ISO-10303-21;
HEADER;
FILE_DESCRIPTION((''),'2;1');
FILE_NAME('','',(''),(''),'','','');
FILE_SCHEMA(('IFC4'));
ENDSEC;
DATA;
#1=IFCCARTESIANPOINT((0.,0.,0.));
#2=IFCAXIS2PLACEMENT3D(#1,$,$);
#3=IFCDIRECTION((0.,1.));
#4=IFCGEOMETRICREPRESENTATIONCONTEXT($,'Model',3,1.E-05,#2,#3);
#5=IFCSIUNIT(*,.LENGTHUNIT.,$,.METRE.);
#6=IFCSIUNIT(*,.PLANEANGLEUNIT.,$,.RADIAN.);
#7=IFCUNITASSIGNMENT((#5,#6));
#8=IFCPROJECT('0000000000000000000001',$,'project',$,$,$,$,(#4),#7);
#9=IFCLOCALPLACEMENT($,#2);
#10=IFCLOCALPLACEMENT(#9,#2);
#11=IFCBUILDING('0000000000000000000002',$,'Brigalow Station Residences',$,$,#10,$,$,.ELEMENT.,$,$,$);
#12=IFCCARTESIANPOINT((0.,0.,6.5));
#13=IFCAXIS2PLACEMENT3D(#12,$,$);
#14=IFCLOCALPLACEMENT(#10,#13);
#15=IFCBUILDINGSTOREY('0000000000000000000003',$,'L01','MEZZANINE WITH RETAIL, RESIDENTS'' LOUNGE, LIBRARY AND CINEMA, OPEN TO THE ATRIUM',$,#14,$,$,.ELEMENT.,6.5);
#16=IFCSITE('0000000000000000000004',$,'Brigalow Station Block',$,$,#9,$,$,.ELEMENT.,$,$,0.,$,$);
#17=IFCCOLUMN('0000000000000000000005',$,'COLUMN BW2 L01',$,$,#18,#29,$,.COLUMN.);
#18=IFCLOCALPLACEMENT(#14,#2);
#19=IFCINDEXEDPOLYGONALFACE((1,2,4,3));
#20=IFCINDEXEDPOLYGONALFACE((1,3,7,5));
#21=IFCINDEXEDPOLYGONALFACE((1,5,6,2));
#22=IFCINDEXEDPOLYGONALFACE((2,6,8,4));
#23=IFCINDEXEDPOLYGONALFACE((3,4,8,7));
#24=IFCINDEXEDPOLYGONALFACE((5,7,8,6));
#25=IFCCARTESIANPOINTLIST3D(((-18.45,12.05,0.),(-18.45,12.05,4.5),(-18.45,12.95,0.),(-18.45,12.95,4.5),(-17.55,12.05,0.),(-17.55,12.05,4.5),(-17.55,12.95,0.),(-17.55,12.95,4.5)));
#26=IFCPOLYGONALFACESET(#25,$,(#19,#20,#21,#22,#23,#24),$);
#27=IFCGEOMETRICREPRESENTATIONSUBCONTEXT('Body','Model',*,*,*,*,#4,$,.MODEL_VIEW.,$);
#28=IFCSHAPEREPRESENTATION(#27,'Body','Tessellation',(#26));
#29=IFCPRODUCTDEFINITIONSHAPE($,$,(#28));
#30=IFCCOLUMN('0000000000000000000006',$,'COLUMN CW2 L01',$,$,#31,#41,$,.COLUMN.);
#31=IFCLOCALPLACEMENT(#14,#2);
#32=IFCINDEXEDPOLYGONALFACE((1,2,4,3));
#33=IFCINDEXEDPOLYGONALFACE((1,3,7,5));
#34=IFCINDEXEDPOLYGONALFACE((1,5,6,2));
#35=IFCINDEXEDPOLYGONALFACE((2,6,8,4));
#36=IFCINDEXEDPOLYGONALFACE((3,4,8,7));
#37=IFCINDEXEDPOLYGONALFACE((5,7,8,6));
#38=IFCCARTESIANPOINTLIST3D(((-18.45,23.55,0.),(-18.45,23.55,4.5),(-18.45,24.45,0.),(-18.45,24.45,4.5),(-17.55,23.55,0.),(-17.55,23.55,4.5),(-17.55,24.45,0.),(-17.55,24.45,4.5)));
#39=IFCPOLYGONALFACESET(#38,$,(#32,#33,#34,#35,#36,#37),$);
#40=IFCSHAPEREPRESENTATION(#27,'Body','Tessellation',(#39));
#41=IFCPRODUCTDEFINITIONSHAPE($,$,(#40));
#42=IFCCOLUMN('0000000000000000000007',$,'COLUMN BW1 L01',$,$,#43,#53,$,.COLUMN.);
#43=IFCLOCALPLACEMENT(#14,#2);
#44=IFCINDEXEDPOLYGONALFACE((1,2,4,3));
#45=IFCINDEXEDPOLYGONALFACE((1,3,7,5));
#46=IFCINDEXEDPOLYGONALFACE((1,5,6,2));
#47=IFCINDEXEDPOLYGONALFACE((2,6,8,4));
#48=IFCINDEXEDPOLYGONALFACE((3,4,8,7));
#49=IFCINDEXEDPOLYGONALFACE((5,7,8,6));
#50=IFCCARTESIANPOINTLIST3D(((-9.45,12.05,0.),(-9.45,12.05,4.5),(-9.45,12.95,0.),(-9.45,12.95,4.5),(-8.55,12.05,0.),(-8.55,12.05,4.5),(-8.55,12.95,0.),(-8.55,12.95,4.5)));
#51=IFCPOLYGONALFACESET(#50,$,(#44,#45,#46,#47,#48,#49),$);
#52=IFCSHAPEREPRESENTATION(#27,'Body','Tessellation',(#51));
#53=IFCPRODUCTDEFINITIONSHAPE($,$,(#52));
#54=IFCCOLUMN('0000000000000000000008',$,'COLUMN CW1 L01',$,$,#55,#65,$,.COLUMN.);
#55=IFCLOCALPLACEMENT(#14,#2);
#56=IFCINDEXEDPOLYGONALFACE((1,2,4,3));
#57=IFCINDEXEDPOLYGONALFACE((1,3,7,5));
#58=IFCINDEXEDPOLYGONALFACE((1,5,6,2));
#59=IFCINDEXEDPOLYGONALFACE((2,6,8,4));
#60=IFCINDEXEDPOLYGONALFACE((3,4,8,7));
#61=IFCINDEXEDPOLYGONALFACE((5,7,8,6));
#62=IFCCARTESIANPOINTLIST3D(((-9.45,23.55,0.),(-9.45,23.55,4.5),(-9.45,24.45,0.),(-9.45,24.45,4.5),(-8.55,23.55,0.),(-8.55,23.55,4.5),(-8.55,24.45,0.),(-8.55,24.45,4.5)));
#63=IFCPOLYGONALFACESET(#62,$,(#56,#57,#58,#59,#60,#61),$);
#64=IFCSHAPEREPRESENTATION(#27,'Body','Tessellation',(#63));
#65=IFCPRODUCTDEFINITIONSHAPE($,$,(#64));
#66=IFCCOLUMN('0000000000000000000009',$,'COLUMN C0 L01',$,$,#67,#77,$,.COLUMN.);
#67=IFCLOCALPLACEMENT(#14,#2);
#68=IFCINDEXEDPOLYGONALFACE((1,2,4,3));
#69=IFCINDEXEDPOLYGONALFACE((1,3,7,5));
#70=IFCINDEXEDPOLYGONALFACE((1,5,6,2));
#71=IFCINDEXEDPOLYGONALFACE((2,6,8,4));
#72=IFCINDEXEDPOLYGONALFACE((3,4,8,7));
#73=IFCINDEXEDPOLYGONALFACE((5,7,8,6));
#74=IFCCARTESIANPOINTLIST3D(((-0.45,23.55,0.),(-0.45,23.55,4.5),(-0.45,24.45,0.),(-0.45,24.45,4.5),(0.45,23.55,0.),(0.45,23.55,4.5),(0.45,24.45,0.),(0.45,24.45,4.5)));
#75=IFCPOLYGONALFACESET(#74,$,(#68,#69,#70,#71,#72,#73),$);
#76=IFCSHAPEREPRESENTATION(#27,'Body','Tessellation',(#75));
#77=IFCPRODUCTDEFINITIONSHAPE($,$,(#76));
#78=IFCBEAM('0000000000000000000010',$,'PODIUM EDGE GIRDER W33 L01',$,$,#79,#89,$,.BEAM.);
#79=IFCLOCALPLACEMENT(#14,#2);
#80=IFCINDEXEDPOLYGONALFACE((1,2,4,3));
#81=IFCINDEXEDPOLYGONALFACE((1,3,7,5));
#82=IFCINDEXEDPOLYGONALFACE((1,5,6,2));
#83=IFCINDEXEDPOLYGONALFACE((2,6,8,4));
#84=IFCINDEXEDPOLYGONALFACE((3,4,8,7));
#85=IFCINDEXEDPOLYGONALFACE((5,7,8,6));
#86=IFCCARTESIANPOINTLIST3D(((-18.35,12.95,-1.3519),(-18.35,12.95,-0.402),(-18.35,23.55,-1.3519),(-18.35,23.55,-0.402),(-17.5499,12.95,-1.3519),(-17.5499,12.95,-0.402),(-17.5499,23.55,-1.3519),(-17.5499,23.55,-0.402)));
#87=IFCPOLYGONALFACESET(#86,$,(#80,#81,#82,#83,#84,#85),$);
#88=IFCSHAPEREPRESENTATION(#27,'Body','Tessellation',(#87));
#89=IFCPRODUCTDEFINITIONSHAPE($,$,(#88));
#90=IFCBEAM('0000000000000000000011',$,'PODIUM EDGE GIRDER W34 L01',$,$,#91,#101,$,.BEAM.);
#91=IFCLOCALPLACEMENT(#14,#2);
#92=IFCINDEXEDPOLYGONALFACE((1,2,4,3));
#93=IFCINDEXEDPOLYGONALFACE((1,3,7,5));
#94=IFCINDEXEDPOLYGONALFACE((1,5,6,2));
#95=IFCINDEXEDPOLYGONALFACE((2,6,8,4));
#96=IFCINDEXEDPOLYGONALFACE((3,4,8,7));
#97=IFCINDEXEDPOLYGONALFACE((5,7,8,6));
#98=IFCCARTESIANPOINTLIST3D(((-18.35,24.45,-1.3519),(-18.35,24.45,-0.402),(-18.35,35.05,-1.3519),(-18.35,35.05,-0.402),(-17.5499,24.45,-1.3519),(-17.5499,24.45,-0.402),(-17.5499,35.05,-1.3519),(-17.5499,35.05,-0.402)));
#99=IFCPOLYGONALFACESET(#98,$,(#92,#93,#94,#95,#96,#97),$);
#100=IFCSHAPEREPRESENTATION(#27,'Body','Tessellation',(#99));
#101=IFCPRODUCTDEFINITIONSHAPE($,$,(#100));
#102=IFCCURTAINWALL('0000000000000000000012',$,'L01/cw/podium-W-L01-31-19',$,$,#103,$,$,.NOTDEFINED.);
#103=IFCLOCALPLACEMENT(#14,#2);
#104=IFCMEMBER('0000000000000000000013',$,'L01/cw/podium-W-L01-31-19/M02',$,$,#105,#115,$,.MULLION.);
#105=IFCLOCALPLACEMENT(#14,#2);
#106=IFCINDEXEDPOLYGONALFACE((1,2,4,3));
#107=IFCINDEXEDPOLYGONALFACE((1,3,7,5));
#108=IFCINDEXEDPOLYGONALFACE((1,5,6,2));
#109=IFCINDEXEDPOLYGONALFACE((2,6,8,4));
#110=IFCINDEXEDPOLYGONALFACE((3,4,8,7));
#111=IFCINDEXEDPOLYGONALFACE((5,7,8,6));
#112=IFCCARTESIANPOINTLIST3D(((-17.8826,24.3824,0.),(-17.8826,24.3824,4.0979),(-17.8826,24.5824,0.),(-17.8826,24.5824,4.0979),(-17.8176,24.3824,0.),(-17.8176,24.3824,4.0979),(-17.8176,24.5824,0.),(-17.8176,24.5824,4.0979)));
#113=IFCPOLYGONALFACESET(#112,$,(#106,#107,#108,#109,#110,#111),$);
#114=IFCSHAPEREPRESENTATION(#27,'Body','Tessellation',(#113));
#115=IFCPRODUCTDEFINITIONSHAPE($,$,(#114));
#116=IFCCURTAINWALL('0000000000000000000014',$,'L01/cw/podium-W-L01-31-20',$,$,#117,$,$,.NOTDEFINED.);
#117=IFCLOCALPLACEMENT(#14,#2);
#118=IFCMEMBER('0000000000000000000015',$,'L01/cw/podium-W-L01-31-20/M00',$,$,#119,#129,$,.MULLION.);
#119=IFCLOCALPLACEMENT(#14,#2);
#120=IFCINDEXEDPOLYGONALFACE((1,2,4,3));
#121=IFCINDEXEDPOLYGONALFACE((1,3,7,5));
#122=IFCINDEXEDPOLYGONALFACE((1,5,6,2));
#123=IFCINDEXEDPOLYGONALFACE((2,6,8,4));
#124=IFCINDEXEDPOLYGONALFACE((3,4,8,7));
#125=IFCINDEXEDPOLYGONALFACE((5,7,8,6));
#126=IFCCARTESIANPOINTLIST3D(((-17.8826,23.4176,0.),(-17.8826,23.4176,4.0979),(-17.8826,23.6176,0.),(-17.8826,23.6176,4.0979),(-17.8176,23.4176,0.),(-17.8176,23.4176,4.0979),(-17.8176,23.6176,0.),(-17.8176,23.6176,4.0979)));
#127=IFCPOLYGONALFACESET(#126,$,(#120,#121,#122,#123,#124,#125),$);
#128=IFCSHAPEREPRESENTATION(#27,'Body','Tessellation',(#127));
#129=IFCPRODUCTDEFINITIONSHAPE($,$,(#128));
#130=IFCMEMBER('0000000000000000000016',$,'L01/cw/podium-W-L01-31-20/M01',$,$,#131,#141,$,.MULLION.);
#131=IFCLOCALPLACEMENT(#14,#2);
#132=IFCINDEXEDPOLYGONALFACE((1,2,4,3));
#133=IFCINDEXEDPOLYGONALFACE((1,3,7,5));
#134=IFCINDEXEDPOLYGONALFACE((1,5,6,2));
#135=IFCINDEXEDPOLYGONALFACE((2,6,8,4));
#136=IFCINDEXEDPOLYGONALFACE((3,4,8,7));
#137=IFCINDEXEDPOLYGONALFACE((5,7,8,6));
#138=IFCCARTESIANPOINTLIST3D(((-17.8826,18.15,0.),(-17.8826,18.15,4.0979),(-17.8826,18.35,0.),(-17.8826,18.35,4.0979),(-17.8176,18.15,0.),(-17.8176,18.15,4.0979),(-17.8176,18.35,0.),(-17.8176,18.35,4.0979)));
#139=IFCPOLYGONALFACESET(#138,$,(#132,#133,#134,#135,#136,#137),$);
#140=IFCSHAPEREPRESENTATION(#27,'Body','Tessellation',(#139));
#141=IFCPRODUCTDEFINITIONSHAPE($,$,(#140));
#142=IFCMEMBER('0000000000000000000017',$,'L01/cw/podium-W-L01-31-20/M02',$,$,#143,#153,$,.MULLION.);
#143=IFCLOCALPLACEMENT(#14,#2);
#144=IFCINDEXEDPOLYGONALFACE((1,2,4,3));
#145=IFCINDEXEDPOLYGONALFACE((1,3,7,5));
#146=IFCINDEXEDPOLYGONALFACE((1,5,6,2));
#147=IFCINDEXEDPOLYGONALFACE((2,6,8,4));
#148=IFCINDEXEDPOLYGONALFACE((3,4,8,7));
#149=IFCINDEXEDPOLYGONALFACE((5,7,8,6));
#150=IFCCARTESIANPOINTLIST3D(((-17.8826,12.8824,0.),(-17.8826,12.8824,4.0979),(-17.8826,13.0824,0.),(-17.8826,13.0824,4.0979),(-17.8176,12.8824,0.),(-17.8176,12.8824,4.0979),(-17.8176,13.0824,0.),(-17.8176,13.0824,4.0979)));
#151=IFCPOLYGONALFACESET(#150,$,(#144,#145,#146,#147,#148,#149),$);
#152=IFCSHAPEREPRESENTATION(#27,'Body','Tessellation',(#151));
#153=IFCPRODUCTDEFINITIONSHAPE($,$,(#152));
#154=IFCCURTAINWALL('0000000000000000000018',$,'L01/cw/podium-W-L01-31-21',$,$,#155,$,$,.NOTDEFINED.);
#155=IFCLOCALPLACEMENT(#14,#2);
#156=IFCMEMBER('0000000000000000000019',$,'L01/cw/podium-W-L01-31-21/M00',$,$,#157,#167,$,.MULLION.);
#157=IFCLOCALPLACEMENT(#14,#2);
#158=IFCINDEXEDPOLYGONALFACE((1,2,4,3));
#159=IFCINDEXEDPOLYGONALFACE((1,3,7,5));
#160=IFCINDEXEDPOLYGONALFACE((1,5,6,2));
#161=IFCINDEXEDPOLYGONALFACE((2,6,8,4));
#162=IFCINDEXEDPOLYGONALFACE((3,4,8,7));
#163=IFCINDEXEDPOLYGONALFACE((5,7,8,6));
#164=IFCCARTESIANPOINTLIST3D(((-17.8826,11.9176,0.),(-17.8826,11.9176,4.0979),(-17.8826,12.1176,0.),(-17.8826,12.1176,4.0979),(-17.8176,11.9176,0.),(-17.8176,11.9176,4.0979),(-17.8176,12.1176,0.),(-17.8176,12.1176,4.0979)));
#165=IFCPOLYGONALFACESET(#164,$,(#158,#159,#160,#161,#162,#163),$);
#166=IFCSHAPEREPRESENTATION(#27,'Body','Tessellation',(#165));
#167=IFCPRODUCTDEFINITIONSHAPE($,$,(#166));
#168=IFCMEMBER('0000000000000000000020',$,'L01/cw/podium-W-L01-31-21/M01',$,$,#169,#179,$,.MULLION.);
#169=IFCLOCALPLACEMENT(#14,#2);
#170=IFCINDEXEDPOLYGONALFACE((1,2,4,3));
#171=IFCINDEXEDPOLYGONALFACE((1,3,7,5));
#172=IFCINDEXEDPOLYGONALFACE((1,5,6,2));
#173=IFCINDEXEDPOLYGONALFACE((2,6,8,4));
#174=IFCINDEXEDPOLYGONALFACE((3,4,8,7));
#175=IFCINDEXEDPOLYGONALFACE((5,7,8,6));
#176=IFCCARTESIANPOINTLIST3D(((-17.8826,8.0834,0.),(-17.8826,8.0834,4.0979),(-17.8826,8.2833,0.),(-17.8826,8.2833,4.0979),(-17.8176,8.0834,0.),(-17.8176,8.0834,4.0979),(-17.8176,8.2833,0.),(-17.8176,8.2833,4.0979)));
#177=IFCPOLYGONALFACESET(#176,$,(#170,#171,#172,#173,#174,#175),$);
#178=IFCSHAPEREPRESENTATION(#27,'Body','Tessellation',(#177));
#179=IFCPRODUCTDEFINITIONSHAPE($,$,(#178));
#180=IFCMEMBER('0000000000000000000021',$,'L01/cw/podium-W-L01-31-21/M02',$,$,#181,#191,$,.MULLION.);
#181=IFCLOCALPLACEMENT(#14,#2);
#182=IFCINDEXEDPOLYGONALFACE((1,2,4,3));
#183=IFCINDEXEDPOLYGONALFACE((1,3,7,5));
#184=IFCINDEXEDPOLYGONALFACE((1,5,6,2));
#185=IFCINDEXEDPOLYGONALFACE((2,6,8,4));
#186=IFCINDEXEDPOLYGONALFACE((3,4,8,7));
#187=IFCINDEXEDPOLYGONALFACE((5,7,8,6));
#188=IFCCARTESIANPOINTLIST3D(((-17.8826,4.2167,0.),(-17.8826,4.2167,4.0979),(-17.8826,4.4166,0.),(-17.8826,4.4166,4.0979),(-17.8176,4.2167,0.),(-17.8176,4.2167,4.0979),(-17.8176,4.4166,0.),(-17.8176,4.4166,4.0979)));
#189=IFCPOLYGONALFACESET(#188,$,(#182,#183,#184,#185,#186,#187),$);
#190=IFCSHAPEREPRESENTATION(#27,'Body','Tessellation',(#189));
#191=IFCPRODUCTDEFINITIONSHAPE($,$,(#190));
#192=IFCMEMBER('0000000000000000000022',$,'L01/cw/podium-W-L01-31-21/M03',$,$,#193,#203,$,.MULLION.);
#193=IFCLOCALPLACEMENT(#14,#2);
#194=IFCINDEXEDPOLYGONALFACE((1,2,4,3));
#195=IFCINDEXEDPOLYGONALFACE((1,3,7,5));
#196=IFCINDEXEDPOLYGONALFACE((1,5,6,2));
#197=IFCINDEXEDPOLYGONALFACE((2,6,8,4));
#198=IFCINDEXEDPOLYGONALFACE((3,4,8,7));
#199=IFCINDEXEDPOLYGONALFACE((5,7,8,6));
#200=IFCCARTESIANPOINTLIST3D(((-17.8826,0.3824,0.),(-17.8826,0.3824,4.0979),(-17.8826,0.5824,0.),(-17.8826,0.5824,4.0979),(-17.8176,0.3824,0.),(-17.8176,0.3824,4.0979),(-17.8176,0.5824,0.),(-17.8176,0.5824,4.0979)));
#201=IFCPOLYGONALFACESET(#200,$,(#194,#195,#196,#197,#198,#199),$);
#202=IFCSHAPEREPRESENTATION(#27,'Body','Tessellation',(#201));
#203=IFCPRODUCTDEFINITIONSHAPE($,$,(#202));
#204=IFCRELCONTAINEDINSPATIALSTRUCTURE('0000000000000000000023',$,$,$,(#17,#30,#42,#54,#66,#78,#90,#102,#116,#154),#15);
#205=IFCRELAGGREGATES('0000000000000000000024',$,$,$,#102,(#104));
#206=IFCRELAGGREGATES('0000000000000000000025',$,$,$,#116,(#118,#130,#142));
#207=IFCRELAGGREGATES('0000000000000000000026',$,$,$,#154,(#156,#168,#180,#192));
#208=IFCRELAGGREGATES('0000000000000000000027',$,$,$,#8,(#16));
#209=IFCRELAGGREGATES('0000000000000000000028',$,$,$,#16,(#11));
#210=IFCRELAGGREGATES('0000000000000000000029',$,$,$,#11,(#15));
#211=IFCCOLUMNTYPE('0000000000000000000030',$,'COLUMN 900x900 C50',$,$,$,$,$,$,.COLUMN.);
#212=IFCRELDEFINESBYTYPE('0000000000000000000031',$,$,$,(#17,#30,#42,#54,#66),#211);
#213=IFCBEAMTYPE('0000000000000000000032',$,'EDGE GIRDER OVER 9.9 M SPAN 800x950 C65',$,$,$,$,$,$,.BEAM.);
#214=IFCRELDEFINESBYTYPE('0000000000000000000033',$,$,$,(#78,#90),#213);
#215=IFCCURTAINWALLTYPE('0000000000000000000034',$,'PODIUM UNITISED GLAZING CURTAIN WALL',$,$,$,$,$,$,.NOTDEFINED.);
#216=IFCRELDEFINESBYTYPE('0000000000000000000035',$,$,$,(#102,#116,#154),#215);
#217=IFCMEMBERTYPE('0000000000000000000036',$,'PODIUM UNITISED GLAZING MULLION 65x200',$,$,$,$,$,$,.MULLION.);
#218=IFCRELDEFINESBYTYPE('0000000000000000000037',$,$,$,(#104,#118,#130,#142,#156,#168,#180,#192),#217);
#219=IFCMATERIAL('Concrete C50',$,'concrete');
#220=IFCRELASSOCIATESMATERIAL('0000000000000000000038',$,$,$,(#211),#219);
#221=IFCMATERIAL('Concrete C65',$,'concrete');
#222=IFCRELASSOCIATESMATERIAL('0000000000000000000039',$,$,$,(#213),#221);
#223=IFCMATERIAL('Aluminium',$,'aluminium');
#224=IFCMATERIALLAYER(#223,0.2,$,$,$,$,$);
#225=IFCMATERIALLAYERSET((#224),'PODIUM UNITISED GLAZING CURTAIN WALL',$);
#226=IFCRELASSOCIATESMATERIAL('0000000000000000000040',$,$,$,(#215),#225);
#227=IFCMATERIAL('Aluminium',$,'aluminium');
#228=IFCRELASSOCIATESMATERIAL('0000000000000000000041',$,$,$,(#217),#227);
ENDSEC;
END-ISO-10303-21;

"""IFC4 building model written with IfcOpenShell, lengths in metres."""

from ifc_helpers import new_model, si_unit, direction, frame, origin, origin_2d, place, context, subcontext, project, spatial, rectangle, extrude, material, layer, layer_set, material_profile, profile_set, type_object, element, aggregate, save


model = new_model("IFC4")

# Units and contexts
model_context = context("Model", 3, precision=1e-05, world=origin(), true_north=direction((0.0, 1.0)))
body_context = subcontext(model_context, "Body", "Model", "MODEL_VIEW")
ifc_project = project(units=[si_unit("LENGTHUNIT", "METRE"), si_unit("PLANEANGLEUNIT", "RADIAN")], contexts=[model_context])

# Site, building, storey
site_placement = place(None, origin())
site = spatial("IfcSite", under=ifc_project, at=site_placement, Name="Brigalow Station Block", CompositionType="ELEMENT", RefElevation=0.0)
building_placement = place(site_placement, origin())
building = spatial("IfcBuilding", under=site, at=building_placement, Name="Brigalow Station Residences", CompositionType="ELEMENT")
storey_placement = place(building_placement, frame((0.0, 0.0, 6.5)))
storey = spatial("IfcBuildingStorey", under=building, at=storey_placement, Name="L01", Description="MEZZANINE WITH RETAIL, RESIDENTS' LOUNGE, LIBRARY AND CINEMA, OPEN TO THE ATRIUM", CompositionType="ELEMENT", Elevation=6.5)

# Columns
ifc_material_1 = material(Name="Concrete C50", Category="concrete")
ifc_material_profile_1 = material_profile(ifc_material_1, rectangle(XDim=0.8999, YDim=0.8999, at=origin_2d()), Name="RC900x900")
ifc_profile_set_1 = profile_set([ifc_material_profile_1], Name="Concrete C50")
column_type = type_object("IfcColumnType", Name="COLUMN 900x900 C50", PredefinedType="COLUMN", material=ifc_profile_set_1)
for number, where, z_axis, x_axis, name in (
    (1, (-18.0, 12.5, 0.0), (0.0, 0.0, 1.0), (1.0, 0.0, 0.0), "COLUMN BW2 L01"),
    (2, (-18.0, 24.0, 0.0), (0.0, 0.0, 1.0), (1.0, 0.0, 0.0), "COLUMN CW2 L01"),
    (3, (-9.0, 12.5, 0.0), (0.0, 0.0, 1.0), (1.0, 0.0, 0.0), "COLUMN BW1 L01"),
    (4, (-9.0, 24.0, 0.0), (0.0, 0.0, 1.0), (1.0, 0.0, 0.0), "COLUMN CW1 L01"),
    (5, (0.0, 24.0, 0.0), (0.0, 0.0, 1.0), (1.0, 0.0, 0.0), "COLUMN C0 L01"),
):
    element("IfcColumn", number, at=place(storey_placement, frame(where, z_axis=z_axis, x_axis=x_axis)), inside=storey, type_object=column_type, Name=name, PredefinedType="COLUMN", context=body_context, shape_type="SweptSolid", body=[
        extrude(rectangle(XDim=0.8999, YDim=0.8999, at=origin_2d()), origin(), (0.0, 0.0, 1.0), 4.5),
    ])

# Beams
ifc_material_2 = material(Name="Concrete C65", Category="concrete")
ifc_material_profile_2 = material_profile(ifc_material_2, rectangle(XDim=0.8, YDim=0.95, at=origin_2d()), Name="RC800x950")
ifc_profile_set_2 = profile_set([ifc_material_profile_2], Name="Concrete C65")
beam_type = type_object("IfcBeamType", Name="EDGE GIRDER OVER 9.9 M SPAN 800x950 C65", PredefinedType="BEAM", material=ifc_profile_set_2)
for number, where, z_axis, x_axis, name in (
    (6, (-17.95, 12.95, -0.877), (0.0, 1.0, 0.0), (-1.0, 0.0, 0.0), "PODIUM EDGE GIRDER W33 L01"),
    (7, (-17.95, 24.45, -0.877), (0.0, 1.0, 0.0), (-1.0, 0.0, 0.0), "PODIUM EDGE GIRDER W34 L01"),
):
    element("IfcBeam", number, at=place(storey_placement, frame(where, z_axis=z_axis, x_axis=x_axis)), inside=storey, type_object=beam_type, Name=name, PredefinedType="BEAM", context=body_context, shape_type="SweptSolid", body=[
        extrude(rectangle(XDim=0.8, YDim=0.95, at=origin_2d()), origin(), (0.0, 0.0, 1.0), 10.6001),
    ])

# Curtain wall, member
ifc_material_3 = material(Name="Aluminium", Category="aluminium")
ifc_layer_1 = layer(ifc_material_3, 0.2)
ifc_layer_set_1 = layer_set([ifc_layer_1], Name="PODIUM UNITISED GLAZING CURTAIN WALL")
curtain_wall_type = type_object("IfcCurtainWallType", Name="PODIUM UNITISED GLAZING CURTAIN WALL", PredefinedType="NOTDEFINED", material=ifc_layer_set_1)
curtain_wall_1_placement = place(storey_placement, origin())
curtain_wall_1 = element("IfcCurtainWall", 8, at=curtain_wall_1_placement, inside=storey, type_object=curtain_wall_type, Name="L01/cw/podium-W-L01-31-19", PredefinedType="NOTDEFINED")
ifc_material_4 = material(Name="Aluminium", Category="aluminium")
ifc_material_profile_3 = material_profile(ifc_material_4, rectangle(XDim=0.0649, YDim=0.2, at=origin_2d()), Name="PODIUM UNITISED GLAZING MULLION 65x200")
ifc_profile_set_3 = profile_set([ifc_material_profile_3], Name="Aluminium")
member_type_1 = type_object("IfcMemberType", Name="PODIUM UNITISED GLAZING MULLION 65x200", PredefinedType="MULLION", material=ifc_profile_set_3)
member_1_placement = place(storey_placement, frame((-17.8501, 24.4824, 0.0), z_axis=(0.0, 0.0, 1.0), x_axis=(1.0, 0.0, 0.0)))
member_1 = element("IfcMember", 9, at=member_1_placement, type_object=member_type_1, Name="L01/cw/podium-W-L01-31-19/M02", PredefinedType="MULLION", context=body_context, shape_type="SweptSolid", body=[
    extrude(rectangle(XDim=0.0649, YDim=0.2, at=origin_2d()), origin(), (0.0, 0.0, 1.0), 4.0979),
])

# Curtain walls, members
curtain_wall_2_placement = place(storey_placement, origin())
curtain_wall_2 = element("IfcCurtainWall", 10, at=curtain_wall_2_placement, inside=storey, type_object=curtain_wall_type, Name="L01/cw/podium-W-L01-31-20", PredefinedType="NOTDEFINED")
member_2_placement = place(storey_placement, frame((-17.8501, 23.5176, 0.0), z_axis=(0.0, 0.0, 1.0), x_axis=(1.0, 0.0, 0.0)))
member_2 = element("IfcMember", 11, at=member_2_placement, type_object=member_type_1, Name="L01/cw/podium-W-L01-31-20/M00", PredefinedType="MULLION", context=body_context, shape_type="SweptSolid", body=[
    extrude(rectangle(XDim=0.0649, YDim=0.2, at=origin_2d()), origin(), (0.0, 0.0, 1.0), 4.0979),
])
member_3_placement = place(storey_placement, frame((-17.8501, 18.25, 0.0), z_axis=(0.0, 0.0, 1.0), x_axis=(1.0, 0.0, 0.0)))
member_3 = element("IfcMember", 12, at=member_3_placement, type_object=member_type_1, Name="L01/cw/podium-W-L01-31-20/M01", PredefinedType="MULLION", context=body_context, shape_type="SweptSolid", body=[
    extrude(rectangle(XDim=0.0649, YDim=0.2, at=origin_2d()), origin(), (0.0, 0.0, 1.0), 4.0979),
])
member_4_placement = place(storey_placement, frame((-17.8501, 12.9824, 0.0), z_axis=(0.0, 0.0, 1.0), x_axis=(1.0, 0.0, 0.0)))
member_4 = element("IfcMember", 13, at=member_4_placement, type_object=member_type_1, Name="L01/cw/podium-W-L01-31-20/M02", PredefinedType="MULLION", context=body_context, shape_type="SweptSolid", body=[
    extrude(rectangle(XDim=0.0649, YDim=0.2, at=origin_2d()), origin(), (0.0, 0.0, 1.0), 4.0979),
])
curtain_wall_3_placement = place(storey_placement, origin())
curtain_wall_3 = element("IfcCurtainWall", 14, at=curtain_wall_3_placement, inside=storey, type_object=curtain_wall_type, Name="L01/cw/podium-W-L01-31-21", PredefinedType="NOTDEFINED")
member_5_placement = place(storey_placement, frame((-17.8501, 12.0176, 0.0), z_axis=(0.0, 0.0, 1.0), x_axis=(1.0, 0.0, 0.0)))
member_5 = element("IfcMember", 15, at=member_5_placement, type_object=member_type_1, Name="L01/cw/podium-W-L01-31-21/M00", PredefinedType="MULLION", context=body_context, shape_type="SweptSolid", body=[
    extrude(rectangle(XDim=0.0649, YDim=0.2, at=origin_2d()), origin(), (0.0, 0.0, 1.0), 4.0979),
])
member_6_placement = place(storey_placement, frame((-17.8501, 8.1833, 0.0), z_axis=(0.0, 0.0, 1.0), x_axis=(1.0, 0.0, 0.0)))
member_6 = element("IfcMember", 16, at=member_6_placement, type_object=member_type_1, Name="L01/cw/podium-W-L01-31-21/M01", PredefinedType="MULLION", context=body_context, shape_type="SweptSolid", body=[
    extrude(rectangle(XDim=0.0649, YDim=0.2, at=origin_2d()), origin(), (0.0, 0.0, 1.0), 4.0979),
])
member_7_placement = place(storey_placement, frame((-17.8501, 4.3167, 0.0), z_axis=(0.0, 0.0, 1.0), x_axis=(1.0, 0.0, 0.0)))
member_7 = element("IfcMember", 17, at=member_7_placement, type_object=member_type_1, Name="L01/cw/podium-W-L01-31-21/M02", PredefinedType="MULLION", context=body_context, shape_type="SweptSolid", body=[
    extrude(rectangle(XDim=0.0649, YDim=0.2, at=origin_2d()), origin(), (0.0, 0.0, 1.0), 4.0979),
])
member_8_placement = place(storey_placement, frame((-17.8501, 0.4824, 0.0), z_axis=(0.0, 0.0, 1.0), x_axis=(1.0, 0.0, 0.0)))
member_8 = element("IfcMember", 18, at=member_8_placement, type_object=member_type_1, Name="L01/cw/podium-W-L01-31-21/M03", PredefinedType="MULLION", context=body_context, shape_type="SweptSolid", body=[
    extrude(rectangle(XDim=0.0649, YDim=0.2, at=origin_2d()), origin(), (0.0, 0.0, 1.0), 4.0979),
])

aggregate(curtain_wall_1, [member_1])
aggregate(curtain_wall_2, [member_2, member_3, member_4])
aggregate(curtain_wall_3, [member_5, member_6, member_7, member_8])

save(model, "model.ifc")
